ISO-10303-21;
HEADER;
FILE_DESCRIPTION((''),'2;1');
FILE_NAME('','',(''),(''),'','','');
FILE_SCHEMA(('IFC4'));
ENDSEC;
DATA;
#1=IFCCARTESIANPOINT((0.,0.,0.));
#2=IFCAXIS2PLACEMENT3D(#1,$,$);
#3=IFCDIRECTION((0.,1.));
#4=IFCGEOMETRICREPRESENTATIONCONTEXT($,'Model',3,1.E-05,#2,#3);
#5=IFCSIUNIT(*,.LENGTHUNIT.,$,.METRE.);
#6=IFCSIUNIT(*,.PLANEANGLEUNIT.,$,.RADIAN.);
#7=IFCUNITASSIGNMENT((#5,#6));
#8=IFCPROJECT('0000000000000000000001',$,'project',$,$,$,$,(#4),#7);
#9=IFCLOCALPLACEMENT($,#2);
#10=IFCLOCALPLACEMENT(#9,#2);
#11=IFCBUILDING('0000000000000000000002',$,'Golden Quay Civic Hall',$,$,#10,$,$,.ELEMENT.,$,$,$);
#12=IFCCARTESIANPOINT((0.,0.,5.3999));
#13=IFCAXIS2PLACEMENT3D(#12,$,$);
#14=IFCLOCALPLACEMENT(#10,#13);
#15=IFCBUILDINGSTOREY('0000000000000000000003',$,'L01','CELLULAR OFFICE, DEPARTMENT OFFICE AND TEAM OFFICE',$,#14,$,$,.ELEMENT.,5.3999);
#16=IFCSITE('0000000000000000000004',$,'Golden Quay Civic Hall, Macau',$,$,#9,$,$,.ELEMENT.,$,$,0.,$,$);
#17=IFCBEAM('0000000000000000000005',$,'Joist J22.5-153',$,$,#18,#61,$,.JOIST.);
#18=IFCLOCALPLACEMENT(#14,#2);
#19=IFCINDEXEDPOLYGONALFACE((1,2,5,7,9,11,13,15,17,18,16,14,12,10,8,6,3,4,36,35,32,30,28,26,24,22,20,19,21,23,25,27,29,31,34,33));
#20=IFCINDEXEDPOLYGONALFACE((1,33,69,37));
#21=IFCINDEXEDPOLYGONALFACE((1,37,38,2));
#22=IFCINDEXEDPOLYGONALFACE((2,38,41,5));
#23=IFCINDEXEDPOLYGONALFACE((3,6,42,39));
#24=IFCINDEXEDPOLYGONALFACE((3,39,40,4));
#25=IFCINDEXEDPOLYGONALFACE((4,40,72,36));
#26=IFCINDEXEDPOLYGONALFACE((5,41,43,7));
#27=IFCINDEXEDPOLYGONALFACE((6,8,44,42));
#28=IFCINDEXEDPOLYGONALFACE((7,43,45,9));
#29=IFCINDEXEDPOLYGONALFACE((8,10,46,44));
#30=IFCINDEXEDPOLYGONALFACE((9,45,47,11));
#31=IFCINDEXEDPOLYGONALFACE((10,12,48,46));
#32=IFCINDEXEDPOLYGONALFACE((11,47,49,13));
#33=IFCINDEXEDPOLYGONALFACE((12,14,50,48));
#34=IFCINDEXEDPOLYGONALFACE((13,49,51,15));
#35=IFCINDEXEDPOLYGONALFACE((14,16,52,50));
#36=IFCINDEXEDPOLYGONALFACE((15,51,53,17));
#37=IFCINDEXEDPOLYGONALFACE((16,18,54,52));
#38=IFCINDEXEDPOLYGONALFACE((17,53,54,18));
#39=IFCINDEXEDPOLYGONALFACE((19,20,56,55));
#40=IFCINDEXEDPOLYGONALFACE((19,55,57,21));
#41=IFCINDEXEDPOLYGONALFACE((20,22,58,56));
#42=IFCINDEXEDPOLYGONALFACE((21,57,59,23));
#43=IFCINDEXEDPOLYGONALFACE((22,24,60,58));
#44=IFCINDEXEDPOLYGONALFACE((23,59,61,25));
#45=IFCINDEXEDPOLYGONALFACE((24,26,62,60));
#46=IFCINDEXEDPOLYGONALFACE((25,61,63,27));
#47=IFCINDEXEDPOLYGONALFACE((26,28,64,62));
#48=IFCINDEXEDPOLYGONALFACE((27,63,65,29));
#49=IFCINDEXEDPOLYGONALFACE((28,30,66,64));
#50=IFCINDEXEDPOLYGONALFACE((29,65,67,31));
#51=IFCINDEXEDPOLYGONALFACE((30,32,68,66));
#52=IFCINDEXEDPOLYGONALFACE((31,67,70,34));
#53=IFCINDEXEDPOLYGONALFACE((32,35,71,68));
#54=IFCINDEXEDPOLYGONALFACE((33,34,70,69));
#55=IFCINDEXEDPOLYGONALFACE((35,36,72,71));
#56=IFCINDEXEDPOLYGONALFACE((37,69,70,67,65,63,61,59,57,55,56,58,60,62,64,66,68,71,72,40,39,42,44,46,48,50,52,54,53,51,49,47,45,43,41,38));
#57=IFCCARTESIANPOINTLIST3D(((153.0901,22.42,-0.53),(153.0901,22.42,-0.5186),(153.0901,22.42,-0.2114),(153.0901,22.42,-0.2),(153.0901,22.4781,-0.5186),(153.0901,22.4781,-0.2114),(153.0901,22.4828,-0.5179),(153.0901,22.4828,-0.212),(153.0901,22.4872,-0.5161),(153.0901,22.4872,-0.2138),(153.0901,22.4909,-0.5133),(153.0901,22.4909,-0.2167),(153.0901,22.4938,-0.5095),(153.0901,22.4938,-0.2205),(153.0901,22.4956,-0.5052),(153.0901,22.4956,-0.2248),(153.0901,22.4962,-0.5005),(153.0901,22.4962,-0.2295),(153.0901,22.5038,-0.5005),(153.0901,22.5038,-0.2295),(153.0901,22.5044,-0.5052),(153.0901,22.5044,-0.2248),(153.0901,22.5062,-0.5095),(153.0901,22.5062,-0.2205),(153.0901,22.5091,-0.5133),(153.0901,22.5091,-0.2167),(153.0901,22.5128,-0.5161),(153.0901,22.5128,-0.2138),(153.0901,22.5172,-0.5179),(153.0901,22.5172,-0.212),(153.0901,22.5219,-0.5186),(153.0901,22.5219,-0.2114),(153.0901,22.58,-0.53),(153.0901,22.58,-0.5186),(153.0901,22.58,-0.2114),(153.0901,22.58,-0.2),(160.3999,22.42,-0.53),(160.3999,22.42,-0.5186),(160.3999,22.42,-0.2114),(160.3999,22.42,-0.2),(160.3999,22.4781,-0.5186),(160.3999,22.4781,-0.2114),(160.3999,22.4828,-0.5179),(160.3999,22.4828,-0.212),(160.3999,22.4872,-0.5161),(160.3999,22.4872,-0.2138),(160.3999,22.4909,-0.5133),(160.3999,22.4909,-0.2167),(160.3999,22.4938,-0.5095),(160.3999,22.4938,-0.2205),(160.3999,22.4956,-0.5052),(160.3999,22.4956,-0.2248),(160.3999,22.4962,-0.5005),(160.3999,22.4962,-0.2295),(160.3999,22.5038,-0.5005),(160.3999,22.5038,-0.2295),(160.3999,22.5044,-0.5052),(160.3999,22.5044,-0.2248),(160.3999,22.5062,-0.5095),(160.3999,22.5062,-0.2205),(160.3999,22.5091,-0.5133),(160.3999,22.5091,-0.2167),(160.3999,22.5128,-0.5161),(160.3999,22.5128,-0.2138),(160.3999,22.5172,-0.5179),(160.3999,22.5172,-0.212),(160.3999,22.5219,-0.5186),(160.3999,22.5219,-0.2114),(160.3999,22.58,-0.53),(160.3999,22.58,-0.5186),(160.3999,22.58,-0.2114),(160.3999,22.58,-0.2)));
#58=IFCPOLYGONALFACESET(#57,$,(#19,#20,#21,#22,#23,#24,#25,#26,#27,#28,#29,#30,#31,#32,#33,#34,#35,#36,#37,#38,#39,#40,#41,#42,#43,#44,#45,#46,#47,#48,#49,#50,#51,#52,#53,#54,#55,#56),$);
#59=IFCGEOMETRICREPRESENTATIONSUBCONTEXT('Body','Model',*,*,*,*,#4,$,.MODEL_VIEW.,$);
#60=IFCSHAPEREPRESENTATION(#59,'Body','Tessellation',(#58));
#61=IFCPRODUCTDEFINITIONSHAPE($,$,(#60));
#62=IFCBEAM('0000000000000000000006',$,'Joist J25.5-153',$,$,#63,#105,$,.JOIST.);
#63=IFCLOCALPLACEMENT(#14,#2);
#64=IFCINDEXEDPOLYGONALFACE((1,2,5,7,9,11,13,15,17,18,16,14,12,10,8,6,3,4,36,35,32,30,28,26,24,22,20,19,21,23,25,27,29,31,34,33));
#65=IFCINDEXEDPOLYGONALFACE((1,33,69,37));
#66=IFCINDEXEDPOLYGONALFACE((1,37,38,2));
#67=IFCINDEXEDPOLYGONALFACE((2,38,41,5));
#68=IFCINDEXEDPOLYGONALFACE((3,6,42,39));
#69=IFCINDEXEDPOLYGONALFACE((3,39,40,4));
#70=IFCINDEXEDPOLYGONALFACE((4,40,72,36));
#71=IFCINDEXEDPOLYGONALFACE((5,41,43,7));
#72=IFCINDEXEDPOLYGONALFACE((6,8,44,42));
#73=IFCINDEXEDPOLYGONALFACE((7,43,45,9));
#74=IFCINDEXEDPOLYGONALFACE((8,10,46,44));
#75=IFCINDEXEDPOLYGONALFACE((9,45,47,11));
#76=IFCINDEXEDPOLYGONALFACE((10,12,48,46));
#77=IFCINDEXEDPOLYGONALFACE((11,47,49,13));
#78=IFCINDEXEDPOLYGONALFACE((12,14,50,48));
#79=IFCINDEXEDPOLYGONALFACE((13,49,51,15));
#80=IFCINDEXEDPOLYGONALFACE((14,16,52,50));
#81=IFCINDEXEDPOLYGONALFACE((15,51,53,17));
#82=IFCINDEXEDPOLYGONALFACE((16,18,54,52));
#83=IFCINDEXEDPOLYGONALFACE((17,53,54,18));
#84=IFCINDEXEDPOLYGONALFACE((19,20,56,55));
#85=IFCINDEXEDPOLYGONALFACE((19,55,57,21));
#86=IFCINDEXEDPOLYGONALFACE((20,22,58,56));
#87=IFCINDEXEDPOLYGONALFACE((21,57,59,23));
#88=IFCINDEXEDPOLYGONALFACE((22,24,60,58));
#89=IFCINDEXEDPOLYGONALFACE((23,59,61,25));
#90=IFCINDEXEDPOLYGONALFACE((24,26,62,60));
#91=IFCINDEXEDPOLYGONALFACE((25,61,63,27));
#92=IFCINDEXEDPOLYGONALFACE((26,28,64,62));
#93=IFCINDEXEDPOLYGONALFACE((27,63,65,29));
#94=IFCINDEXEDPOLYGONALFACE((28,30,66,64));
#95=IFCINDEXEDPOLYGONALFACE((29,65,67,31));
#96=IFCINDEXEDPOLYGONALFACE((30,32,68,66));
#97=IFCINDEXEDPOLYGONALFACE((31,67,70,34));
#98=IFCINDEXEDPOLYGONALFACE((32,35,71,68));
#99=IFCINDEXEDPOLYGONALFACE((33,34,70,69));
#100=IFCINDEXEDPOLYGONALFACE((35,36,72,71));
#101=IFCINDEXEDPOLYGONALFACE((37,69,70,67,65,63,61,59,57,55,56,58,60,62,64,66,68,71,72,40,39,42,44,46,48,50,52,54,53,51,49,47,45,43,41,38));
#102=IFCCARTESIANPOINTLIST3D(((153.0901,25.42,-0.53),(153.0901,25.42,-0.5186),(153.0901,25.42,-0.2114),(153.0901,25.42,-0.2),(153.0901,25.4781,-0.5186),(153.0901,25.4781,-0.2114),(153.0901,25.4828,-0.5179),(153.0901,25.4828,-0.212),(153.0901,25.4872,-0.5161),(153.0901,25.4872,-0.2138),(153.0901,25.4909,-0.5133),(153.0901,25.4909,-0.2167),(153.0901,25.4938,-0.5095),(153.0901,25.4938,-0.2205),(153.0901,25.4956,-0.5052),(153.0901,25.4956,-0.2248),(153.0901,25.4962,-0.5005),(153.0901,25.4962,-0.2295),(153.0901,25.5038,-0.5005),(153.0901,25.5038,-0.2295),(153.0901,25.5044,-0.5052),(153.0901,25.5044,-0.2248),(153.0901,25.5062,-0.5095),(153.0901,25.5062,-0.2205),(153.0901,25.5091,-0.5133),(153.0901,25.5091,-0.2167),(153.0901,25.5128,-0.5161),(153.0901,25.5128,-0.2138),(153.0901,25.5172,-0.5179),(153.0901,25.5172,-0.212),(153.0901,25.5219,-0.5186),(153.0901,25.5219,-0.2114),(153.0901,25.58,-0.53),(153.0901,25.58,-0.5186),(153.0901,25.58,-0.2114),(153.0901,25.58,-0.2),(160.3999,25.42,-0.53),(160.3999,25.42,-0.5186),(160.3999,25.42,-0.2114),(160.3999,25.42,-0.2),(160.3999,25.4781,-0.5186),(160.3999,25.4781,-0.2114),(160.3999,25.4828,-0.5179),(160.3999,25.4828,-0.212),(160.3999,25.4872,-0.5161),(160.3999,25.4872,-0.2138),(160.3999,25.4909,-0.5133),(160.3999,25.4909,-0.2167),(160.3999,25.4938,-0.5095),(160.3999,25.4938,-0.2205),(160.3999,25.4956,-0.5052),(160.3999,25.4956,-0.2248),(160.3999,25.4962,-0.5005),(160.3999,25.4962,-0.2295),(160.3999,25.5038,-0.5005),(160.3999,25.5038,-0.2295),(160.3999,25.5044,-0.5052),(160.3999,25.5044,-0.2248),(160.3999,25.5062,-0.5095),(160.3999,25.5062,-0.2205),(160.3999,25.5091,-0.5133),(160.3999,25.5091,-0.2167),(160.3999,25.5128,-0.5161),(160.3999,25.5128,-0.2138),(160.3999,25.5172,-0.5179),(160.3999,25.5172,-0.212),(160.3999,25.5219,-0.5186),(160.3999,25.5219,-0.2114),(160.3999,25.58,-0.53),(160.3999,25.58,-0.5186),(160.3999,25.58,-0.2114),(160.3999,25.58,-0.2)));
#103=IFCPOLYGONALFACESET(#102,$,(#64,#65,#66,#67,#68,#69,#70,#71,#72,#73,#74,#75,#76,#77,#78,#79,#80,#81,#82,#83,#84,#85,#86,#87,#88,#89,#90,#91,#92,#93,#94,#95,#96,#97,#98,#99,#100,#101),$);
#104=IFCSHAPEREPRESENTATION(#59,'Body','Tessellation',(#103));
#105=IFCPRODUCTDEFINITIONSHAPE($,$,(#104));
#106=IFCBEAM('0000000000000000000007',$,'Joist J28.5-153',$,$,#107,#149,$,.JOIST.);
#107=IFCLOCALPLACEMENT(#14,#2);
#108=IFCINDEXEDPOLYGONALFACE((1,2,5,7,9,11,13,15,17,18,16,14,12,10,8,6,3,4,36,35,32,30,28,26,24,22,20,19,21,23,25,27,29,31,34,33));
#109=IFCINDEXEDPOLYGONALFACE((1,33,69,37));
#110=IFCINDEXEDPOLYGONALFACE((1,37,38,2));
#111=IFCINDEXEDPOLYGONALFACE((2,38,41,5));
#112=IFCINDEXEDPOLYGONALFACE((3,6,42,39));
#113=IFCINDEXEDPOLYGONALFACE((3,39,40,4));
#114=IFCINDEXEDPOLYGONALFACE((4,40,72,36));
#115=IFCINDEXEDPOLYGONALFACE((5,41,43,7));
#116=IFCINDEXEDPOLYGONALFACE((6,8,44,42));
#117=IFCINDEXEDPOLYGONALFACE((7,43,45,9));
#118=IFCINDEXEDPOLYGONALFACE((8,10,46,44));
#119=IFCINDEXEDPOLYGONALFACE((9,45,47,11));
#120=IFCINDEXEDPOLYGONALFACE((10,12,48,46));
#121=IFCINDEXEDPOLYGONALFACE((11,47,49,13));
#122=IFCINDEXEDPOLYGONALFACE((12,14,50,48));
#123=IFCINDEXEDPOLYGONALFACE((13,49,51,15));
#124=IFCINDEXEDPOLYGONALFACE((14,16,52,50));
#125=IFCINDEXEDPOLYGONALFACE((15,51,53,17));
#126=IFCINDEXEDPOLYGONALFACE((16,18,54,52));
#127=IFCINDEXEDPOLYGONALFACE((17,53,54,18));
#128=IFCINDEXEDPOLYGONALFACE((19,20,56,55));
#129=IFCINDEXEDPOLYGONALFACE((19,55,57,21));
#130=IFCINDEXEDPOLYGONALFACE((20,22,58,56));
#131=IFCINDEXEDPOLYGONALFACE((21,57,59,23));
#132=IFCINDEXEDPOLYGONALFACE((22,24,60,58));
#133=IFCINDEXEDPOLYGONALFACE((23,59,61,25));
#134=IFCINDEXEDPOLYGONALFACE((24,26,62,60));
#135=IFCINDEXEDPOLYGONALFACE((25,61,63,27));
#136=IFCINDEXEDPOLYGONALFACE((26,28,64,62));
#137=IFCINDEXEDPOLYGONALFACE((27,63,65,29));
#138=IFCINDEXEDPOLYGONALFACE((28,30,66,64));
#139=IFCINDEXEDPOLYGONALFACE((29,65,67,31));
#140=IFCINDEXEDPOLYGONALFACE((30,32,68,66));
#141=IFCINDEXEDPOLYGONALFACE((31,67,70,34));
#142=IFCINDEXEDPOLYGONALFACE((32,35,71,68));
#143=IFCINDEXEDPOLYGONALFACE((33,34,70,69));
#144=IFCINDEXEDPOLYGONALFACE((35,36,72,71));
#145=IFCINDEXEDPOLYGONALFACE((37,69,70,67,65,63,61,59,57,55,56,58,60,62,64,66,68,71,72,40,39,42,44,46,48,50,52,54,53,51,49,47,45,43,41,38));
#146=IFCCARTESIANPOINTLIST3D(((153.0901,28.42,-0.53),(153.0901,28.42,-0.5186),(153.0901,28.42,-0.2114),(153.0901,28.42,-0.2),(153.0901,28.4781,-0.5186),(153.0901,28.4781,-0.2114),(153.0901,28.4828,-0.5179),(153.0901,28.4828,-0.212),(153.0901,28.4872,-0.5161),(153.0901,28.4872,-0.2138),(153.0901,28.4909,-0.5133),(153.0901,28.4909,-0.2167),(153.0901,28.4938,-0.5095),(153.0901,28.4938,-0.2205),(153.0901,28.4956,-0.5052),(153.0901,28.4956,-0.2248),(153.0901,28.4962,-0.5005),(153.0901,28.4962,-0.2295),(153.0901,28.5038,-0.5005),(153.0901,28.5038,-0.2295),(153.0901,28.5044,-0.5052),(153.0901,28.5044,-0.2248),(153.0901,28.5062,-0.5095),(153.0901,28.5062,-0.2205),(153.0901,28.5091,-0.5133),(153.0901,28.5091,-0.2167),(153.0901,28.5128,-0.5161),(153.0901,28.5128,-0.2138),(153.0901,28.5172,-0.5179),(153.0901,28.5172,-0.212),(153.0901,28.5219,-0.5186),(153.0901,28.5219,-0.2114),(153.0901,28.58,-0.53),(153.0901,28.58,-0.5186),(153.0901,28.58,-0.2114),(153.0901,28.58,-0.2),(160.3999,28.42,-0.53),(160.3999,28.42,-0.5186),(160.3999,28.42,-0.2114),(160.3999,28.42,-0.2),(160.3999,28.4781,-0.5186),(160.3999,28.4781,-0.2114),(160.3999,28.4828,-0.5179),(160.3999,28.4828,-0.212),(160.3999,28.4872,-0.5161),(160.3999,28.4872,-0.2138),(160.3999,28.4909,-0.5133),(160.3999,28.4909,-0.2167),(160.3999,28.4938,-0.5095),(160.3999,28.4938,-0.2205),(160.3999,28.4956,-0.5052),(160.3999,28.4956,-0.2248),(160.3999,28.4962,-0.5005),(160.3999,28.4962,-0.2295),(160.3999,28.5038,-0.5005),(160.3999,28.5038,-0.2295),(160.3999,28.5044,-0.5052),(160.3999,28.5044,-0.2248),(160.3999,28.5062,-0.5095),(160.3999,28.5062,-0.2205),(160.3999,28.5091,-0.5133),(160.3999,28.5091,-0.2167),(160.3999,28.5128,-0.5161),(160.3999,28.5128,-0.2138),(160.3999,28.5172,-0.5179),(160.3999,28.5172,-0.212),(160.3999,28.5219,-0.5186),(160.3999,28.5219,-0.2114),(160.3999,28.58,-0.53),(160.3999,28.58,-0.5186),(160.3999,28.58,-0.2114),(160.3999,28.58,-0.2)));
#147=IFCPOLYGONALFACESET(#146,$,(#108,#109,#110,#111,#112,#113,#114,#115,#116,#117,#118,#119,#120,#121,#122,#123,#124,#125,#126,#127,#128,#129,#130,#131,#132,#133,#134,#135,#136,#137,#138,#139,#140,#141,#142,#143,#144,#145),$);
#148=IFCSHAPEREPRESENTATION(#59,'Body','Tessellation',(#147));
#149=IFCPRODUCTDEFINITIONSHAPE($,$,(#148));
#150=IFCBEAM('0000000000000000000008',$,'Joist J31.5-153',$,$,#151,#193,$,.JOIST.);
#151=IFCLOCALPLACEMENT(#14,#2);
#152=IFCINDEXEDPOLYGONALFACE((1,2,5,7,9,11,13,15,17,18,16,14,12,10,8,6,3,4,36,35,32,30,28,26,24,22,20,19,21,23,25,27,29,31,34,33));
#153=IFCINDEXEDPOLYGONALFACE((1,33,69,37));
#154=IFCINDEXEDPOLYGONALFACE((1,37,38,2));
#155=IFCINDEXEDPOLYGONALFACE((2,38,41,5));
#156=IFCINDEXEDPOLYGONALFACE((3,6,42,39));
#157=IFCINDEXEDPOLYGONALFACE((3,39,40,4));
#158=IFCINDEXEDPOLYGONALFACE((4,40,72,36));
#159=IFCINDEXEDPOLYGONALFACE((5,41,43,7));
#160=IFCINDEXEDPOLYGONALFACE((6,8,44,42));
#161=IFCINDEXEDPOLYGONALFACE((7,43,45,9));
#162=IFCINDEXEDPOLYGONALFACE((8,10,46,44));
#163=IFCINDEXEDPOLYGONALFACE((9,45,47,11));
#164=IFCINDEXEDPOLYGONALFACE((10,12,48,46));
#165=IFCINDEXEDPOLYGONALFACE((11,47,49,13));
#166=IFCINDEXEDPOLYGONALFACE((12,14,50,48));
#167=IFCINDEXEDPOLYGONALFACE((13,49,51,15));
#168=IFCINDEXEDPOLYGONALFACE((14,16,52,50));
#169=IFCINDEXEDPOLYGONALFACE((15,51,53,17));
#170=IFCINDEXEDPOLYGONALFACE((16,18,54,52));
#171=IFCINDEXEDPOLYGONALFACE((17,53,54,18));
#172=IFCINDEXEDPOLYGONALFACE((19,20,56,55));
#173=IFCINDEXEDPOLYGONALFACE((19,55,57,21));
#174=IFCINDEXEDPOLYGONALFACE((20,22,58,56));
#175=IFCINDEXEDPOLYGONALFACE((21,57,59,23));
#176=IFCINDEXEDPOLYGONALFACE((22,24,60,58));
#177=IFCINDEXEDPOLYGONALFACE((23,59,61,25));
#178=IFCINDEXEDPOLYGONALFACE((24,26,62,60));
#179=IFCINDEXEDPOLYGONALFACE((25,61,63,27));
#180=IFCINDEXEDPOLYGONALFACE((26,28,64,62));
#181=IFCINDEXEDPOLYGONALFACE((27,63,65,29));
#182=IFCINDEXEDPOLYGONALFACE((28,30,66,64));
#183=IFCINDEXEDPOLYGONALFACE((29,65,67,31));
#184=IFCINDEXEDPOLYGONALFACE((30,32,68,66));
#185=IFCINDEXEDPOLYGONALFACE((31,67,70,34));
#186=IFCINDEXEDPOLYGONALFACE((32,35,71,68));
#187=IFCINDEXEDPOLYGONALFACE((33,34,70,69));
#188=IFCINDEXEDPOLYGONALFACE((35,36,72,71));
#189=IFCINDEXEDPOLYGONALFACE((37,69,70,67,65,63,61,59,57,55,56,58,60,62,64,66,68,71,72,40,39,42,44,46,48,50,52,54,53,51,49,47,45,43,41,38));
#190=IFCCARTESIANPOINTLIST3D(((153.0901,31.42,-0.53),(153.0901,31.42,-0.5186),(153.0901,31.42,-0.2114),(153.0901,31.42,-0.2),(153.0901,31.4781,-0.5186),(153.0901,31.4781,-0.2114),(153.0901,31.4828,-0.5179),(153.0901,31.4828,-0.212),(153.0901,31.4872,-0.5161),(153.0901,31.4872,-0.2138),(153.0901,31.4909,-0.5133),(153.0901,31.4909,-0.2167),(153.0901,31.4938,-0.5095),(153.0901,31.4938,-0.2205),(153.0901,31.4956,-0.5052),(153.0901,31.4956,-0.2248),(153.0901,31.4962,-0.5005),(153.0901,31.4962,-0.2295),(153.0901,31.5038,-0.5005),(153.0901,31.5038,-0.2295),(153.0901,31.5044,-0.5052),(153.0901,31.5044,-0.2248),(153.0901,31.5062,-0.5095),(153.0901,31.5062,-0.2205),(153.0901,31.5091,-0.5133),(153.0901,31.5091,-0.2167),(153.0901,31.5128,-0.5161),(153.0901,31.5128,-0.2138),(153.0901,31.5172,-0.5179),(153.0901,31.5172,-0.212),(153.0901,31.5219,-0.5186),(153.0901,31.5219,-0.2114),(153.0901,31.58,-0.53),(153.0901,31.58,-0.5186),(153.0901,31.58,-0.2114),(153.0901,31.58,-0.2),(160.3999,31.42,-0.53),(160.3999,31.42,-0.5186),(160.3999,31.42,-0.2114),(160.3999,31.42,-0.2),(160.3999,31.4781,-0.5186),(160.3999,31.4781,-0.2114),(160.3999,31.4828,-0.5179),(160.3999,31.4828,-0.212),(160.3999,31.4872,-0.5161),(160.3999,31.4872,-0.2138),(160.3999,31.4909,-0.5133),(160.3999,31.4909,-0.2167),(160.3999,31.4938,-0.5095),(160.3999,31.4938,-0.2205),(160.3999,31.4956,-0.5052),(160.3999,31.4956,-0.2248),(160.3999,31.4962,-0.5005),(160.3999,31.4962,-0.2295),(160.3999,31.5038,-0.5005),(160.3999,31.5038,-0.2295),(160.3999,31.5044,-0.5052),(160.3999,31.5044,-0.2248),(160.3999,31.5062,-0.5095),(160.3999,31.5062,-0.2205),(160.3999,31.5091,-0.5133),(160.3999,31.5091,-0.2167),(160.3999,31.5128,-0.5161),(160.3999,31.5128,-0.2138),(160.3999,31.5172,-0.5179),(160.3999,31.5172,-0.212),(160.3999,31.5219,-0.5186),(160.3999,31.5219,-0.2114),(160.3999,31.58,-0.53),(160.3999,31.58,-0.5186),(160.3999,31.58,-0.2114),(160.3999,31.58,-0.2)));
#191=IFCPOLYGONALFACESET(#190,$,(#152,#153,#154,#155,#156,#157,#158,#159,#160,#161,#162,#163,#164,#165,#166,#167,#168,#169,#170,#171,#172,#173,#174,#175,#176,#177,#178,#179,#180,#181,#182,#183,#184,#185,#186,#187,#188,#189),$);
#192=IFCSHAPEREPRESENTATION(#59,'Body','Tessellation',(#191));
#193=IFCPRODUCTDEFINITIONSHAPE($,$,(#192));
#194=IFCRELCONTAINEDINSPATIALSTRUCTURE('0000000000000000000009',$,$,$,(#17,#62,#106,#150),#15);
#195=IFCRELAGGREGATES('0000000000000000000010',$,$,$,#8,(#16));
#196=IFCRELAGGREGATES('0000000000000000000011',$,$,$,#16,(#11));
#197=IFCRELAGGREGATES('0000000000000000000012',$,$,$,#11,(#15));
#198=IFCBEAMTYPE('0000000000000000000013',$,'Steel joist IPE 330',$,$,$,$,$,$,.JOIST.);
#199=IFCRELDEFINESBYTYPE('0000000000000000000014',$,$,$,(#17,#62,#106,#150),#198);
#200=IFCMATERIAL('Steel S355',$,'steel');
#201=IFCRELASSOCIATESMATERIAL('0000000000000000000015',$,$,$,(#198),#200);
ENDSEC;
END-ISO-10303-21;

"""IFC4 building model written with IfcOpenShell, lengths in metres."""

from ifc_helpers import new_model, si_unit, direction, frame, origin, origin_2d, place, context, subcontext, project, spatial, i_section, extrude, material, material_profile, profile_set, type_object, element, save


model = new_model("IFC4")

# Units and contexts
model_context = context("Model", 3, precision=1e-05, world=origin(), true_north=direction((0.0, 1.0)))
body_context = subcontext(model_context, "Body", "Model", "MODEL_VIEW")
ifc_project = project(units=[si_unit("LENGTHUNIT", "METRE"), si_unit("PLANEANGLEUNIT", "RADIAN")], contexts=[model_context])

# Site, building, storey
site_placement = place(None, origin())
site = spatial("IfcSite", under=ifc_project, at=site_placement, Name="Golden Quay Civic Hall, Macau", CompositionType="ELEMENT", RefElevation=0.0)
building_placement = place(site_placement, origin())
building = spatial("IfcBuilding", under=site, at=building_placement, Name="Golden Quay Civic Hall", CompositionType="ELEMENT")
storey_placement = place(building_placement, frame((0.0, 0.0, 5.3999)))
storey = spatial("IfcBuildingStorey", under=building, at=storey_placement, Name="L01", Description="CELLULAR OFFICE, DEPARTMENT OFFICE AND TEAM OFFICE", CompositionType="ELEMENT", Elevation=5.3999)

# Beams
ifc_material_1 = material(Name="Steel S355", Category="steel")
ifc_material_profile_1 = material_profile(ifc_material_1, i_section(OverallWidth=0.1599, OverallDepth=0.3301, WebThickness=0.0076, FlangeThickness=0.0115, FilletRadius=0.0181, at=origin_2d()), Name="IPE 330")
ifc_profile_set_1 = profile_set([ifc_material_profile_1], Name="Steel S355")
beam_type_1 = type_object("IfcBeamType", Name="Steel joist IPE 330", PredefinedType="JOIST", material=ifc_profile_set_1)
for number, where, z_axis, x_axis, name in (
    (1, (153.0901, 22.5, -0.365), (1.0, 0.0, 0.0), (0.0, 1.0, 0.0), "Joist J22.5-153"),
    (2, (153.0901, 25.5, -0.365), (1.0, 0.0, 0.0), (0.0, 1.0, 0.0), "Joist J25.5-153"),
    (3, (153.0901, 28.5, -0.365), (1.0, 0.0, 0.0), (0.0, 1.0, 0.0), "Joist J28.5-153"),
    (4, (153.0901, 31.5, -0.365), (1.0, 0.0, 0.0), (0.0, 1.0, 0.0), "Joist J31.5-153"),
):
    element("IfcBeam", number, at=place(storey_placement, frame(where, z_axis=z_axis, x_axis=x_axis)), inside=storey, type_object=beam_type_1, Name=name, PredefinedType="JOIST", context=body_context, shape_type="SweptSolid", body=[
        extrude(i_section(OverallWidth=0.1599, OverallDepth=0.3301, WebThickness=0.0076, FlangeThickness=0.0115, FilletRadius=0.0181, at=origin_2d()), origin(), (0.0, 0.0, 1.0), 7.3098),
    ])

save(model, "model.ifc")
